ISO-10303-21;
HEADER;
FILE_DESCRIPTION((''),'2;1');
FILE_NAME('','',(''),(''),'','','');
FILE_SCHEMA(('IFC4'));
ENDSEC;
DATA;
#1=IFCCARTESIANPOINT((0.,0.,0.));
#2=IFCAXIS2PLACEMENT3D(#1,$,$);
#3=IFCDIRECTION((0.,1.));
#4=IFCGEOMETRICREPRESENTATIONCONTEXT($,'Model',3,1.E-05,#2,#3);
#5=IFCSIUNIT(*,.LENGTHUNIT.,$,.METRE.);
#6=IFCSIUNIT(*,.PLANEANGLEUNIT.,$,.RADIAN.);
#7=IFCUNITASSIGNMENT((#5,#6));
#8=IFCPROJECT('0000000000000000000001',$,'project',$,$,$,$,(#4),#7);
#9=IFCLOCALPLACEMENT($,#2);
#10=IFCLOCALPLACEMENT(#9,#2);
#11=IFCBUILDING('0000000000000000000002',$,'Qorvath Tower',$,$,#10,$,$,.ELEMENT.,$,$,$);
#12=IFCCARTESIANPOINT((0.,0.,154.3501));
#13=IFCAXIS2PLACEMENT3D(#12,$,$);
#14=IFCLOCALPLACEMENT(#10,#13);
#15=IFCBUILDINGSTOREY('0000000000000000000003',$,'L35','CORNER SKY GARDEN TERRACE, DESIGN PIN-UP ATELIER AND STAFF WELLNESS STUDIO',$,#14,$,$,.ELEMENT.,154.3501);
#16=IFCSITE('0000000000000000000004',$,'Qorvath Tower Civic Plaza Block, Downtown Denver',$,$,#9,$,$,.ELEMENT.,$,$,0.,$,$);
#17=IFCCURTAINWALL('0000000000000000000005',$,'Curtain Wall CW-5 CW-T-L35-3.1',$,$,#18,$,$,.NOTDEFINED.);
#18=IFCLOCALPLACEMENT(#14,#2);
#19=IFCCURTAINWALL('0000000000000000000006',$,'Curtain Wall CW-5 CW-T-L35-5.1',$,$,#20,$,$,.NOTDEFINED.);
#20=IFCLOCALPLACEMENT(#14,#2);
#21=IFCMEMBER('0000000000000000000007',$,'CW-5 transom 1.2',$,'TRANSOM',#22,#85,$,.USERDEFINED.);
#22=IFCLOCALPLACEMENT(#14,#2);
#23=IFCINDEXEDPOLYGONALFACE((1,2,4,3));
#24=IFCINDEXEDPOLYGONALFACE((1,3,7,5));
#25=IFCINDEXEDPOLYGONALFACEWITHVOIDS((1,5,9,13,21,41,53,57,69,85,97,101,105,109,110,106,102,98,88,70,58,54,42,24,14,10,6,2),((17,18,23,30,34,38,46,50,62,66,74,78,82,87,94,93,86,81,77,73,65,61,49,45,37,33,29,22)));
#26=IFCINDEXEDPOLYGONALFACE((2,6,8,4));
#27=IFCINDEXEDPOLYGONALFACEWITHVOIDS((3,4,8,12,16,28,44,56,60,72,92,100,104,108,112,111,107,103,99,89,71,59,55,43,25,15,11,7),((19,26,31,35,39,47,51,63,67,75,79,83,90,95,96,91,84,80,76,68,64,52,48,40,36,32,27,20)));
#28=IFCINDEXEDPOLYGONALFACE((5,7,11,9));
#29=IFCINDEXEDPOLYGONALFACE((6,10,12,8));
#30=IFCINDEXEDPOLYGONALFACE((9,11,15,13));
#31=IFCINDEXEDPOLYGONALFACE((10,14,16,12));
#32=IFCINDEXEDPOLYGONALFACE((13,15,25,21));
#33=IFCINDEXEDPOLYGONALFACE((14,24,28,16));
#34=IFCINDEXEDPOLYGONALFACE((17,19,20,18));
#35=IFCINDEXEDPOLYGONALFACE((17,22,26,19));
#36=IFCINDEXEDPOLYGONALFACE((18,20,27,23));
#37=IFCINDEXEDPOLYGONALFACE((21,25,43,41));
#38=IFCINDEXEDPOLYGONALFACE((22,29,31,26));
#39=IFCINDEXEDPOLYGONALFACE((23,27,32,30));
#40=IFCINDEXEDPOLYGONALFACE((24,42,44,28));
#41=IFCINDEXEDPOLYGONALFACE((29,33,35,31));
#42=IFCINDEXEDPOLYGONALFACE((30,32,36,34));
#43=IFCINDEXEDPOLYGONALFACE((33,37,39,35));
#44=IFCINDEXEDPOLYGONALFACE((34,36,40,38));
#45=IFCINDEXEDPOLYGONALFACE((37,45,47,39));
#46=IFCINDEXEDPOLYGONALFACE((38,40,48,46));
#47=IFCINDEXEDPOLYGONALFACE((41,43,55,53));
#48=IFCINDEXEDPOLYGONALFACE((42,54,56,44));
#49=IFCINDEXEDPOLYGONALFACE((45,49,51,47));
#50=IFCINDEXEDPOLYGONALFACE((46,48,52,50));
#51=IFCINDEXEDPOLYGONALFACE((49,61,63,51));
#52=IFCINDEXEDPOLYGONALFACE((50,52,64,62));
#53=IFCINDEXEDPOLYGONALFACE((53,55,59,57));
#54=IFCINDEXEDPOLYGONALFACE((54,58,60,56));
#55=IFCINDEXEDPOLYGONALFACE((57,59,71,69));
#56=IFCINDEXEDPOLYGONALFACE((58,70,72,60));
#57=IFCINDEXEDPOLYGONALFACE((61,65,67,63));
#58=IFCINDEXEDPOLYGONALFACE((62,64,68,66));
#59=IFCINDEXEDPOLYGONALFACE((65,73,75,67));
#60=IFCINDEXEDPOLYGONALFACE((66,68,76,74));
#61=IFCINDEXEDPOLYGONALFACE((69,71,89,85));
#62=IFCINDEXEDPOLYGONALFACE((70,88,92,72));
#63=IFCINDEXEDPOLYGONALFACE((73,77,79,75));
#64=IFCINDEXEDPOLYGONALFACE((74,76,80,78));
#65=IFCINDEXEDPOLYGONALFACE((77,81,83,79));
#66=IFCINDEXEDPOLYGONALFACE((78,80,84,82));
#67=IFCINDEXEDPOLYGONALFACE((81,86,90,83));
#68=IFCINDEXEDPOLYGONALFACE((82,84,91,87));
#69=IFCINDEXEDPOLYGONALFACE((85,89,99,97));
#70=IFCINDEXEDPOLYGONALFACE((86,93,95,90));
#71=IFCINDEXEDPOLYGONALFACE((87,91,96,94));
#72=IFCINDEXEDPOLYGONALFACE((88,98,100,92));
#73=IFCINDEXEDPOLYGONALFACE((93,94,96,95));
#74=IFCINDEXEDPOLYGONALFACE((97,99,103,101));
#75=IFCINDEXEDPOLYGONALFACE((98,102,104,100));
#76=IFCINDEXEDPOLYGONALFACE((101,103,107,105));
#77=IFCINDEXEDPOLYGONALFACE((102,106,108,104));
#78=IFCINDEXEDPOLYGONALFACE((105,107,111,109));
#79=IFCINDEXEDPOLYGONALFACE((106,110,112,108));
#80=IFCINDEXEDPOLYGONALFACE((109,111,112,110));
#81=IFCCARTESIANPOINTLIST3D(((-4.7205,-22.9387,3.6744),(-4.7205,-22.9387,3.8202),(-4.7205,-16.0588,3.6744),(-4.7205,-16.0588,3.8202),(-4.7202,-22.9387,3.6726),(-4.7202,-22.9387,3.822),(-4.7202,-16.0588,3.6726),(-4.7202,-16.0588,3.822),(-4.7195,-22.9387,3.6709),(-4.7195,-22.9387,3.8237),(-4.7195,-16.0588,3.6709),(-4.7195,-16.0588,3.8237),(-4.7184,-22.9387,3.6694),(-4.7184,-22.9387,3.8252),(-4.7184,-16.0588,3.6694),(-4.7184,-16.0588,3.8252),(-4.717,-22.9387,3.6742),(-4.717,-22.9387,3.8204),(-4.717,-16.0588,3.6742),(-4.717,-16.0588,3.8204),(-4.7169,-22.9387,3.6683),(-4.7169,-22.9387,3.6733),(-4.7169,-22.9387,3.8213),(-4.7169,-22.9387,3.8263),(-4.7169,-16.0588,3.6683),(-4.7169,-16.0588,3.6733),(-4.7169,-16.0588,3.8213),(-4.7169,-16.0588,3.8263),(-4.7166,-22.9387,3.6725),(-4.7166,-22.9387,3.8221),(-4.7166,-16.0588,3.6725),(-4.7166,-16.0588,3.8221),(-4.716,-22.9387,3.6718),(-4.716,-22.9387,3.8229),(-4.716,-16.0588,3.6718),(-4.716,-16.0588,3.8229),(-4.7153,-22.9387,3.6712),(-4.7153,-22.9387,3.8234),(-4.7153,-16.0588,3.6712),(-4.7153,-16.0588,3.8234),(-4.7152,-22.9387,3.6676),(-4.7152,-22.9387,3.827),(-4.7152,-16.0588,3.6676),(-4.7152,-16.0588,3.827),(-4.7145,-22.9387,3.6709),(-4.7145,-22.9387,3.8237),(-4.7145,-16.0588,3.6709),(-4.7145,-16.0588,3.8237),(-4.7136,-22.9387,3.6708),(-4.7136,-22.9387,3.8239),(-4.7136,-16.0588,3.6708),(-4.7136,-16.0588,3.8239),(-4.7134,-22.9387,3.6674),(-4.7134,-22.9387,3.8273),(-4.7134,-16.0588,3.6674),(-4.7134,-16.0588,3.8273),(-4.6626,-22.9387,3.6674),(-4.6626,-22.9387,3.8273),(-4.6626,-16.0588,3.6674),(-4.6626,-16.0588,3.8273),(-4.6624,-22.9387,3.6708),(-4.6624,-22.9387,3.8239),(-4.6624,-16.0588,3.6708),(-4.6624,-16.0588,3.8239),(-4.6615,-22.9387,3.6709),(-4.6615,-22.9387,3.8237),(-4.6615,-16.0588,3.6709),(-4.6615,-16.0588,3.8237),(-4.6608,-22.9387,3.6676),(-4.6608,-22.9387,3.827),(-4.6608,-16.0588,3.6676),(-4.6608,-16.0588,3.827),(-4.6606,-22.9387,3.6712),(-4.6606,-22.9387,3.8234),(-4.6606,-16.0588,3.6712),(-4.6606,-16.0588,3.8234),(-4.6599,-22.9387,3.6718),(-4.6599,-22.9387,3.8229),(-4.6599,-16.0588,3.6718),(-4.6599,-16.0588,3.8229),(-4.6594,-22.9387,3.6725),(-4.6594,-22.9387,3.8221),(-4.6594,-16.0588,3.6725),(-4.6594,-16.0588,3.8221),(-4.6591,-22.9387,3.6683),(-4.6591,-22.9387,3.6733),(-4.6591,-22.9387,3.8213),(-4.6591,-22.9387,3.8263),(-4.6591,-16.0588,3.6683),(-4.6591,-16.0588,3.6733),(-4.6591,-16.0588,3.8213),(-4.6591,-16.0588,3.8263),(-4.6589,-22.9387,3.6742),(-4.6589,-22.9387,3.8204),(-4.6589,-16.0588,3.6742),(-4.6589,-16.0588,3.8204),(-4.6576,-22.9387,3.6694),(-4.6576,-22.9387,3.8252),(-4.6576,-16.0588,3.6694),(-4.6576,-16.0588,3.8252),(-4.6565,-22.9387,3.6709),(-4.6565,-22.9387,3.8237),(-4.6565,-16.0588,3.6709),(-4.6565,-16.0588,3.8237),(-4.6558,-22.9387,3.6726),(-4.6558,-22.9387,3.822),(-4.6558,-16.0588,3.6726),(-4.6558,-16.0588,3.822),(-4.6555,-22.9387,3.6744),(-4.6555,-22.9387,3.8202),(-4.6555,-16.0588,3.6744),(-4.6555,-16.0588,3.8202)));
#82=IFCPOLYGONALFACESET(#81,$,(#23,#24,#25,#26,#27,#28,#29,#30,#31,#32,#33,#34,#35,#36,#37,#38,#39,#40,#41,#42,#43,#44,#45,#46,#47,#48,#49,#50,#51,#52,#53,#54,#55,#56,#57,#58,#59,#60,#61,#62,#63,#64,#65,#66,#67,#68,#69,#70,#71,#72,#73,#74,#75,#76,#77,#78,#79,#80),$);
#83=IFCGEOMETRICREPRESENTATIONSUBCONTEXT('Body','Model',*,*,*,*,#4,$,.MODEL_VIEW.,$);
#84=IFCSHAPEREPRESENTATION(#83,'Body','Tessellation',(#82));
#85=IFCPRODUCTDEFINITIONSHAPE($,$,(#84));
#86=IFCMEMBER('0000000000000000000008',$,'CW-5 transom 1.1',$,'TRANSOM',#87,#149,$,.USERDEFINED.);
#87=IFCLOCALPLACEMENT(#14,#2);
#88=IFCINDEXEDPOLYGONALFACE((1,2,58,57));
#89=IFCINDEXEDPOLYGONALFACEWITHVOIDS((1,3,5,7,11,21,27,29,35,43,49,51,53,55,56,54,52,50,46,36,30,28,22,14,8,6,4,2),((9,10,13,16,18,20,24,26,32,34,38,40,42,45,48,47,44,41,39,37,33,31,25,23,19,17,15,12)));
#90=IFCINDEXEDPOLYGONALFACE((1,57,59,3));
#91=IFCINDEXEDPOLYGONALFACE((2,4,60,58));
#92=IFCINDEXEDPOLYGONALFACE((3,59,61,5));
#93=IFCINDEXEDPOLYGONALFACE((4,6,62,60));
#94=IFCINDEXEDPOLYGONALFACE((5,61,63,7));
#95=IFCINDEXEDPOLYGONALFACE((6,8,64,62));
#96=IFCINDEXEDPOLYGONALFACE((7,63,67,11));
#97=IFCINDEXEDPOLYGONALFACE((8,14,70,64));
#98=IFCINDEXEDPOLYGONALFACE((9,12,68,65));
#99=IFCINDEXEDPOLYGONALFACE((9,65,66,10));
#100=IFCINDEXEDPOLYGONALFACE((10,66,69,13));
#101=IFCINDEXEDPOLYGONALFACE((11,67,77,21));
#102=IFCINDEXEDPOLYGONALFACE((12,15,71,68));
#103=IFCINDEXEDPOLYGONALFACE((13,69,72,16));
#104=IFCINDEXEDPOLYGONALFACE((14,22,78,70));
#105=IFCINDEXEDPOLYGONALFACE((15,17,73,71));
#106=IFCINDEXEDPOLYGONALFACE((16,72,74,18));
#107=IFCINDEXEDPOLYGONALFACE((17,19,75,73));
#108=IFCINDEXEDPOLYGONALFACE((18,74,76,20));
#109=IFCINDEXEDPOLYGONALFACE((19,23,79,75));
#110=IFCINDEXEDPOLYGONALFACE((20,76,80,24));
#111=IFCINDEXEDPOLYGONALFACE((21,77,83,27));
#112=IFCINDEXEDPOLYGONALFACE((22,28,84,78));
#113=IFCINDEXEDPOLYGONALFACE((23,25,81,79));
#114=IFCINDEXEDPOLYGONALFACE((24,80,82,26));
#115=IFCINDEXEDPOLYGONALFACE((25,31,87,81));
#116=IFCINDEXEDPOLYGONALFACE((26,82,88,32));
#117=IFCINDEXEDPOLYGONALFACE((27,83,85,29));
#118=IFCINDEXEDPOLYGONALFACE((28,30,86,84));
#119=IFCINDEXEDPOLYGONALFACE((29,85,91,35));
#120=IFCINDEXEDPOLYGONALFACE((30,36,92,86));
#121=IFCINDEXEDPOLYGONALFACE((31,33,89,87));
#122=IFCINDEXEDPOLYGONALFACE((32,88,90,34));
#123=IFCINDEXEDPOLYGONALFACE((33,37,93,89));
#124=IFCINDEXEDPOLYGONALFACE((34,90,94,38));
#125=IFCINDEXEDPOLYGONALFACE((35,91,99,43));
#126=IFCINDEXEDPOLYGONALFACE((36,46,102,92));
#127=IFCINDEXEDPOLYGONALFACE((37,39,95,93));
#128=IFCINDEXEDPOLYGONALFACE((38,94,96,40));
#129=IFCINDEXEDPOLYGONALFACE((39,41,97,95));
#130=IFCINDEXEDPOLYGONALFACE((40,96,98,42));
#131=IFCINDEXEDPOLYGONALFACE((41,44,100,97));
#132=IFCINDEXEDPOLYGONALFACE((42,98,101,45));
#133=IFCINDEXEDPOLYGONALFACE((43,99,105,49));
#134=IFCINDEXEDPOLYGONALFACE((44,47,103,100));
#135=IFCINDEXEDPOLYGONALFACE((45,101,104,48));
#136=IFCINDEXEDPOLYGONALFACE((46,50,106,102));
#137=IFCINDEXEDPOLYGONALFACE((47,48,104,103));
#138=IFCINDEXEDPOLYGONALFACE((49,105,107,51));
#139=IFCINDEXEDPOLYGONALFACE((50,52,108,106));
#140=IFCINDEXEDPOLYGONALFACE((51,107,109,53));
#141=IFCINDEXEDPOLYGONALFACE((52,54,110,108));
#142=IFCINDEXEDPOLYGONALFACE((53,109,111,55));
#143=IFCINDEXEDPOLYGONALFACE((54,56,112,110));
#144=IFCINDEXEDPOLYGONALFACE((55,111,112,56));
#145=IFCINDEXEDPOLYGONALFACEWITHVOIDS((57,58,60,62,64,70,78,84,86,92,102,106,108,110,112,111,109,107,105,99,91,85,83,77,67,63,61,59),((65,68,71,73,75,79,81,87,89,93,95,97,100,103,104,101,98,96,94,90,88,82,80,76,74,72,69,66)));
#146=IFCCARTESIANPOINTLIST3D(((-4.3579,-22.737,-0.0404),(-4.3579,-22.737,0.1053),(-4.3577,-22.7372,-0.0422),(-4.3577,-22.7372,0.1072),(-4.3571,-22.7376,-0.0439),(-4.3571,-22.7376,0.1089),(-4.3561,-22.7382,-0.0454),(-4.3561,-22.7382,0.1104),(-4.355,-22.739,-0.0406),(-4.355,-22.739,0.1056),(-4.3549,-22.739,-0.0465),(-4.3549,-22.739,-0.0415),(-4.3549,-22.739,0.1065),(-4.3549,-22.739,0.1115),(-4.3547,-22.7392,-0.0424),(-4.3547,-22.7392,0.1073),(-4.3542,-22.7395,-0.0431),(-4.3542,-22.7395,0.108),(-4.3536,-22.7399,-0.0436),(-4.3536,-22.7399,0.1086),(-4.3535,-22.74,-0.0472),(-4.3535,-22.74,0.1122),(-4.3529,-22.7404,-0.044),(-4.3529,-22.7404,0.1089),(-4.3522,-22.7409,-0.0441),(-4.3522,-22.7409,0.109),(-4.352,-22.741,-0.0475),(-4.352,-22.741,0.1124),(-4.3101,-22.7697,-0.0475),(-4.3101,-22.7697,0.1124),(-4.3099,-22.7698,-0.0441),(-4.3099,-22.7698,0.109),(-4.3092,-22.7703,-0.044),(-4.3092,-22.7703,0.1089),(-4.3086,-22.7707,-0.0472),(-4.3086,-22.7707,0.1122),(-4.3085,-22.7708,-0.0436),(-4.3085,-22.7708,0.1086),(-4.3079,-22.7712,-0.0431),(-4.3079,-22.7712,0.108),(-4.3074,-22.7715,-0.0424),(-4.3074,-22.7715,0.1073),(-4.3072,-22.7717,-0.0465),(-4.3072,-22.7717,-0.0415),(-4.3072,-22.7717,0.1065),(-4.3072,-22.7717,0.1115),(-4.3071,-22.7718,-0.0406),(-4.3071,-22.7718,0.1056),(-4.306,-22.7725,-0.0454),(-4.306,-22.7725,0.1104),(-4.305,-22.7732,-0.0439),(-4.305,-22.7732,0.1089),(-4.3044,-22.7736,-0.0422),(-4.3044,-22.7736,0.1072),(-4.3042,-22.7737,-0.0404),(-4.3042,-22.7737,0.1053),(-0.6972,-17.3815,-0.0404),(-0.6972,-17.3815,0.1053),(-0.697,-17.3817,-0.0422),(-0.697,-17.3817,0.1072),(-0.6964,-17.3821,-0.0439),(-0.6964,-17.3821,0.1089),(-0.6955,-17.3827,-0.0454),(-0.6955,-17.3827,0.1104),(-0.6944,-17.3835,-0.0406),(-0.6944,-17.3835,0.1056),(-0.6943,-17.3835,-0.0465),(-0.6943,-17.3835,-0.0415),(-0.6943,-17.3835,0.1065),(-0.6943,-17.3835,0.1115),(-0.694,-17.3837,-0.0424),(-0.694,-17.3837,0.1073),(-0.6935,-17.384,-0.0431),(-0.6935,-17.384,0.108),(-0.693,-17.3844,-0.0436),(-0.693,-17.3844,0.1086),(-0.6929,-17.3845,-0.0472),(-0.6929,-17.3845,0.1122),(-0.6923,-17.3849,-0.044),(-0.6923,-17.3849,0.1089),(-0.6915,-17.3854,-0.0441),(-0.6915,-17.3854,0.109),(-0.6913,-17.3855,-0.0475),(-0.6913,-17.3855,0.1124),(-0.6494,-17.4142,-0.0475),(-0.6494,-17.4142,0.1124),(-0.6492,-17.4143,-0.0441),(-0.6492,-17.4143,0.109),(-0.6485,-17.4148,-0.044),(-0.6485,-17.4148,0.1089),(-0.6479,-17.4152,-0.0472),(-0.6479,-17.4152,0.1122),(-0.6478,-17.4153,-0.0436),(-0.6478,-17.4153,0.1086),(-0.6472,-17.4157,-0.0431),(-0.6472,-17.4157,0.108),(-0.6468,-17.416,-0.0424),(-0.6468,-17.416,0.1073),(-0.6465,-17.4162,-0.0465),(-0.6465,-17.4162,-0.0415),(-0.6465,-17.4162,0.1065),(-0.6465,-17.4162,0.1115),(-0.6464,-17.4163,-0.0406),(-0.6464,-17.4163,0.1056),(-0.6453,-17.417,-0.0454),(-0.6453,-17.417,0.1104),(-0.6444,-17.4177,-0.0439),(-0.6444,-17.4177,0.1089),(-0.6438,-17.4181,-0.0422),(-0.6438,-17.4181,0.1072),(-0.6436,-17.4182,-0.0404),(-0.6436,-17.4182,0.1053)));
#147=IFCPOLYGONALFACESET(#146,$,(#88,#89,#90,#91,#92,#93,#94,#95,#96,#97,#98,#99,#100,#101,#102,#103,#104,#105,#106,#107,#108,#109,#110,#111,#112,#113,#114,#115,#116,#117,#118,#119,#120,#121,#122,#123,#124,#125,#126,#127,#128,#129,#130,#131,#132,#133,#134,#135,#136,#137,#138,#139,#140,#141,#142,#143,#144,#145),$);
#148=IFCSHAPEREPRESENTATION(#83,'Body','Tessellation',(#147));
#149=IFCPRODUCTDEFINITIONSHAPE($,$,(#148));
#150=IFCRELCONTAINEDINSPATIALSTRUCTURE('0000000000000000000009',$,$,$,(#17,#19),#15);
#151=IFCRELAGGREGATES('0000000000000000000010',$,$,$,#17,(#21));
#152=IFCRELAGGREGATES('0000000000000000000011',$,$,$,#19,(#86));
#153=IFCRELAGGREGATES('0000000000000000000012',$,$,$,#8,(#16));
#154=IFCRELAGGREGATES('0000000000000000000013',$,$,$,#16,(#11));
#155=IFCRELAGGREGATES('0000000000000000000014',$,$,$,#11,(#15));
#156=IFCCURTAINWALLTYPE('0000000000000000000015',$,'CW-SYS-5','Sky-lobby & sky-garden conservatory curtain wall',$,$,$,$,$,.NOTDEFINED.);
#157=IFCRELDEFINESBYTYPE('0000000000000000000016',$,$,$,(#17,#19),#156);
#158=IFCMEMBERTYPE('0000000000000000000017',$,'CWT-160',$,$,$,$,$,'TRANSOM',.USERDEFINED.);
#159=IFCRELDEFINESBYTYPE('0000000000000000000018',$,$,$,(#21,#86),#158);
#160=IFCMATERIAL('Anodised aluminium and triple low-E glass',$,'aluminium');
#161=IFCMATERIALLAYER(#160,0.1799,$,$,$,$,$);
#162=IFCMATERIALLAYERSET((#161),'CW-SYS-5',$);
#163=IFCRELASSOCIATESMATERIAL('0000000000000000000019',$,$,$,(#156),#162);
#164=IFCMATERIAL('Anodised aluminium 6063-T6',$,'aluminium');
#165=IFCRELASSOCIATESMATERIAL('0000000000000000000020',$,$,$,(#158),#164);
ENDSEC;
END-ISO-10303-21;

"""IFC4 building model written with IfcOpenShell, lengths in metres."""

from ifc_helpers import new_model, si_unit, direction, frame, origin, origin_2d, place, context, subcontext, project, spatial, hollow_rectangle, extrude, material, layer, layer_set, material_profile, profile_set, type_object, element, aggregate, save


model = new_model("IFC4")

# Units and contexts
model_context = context("Model", 3, precision=1e-05, world=origin(), true_north=direction((0.0, 1.0)))
body_context = subcontext(model_context, "Body", "Model", "MODEL_VIEW")
ifc_project = project(units=[si_unit("LENGTHUNIT", "METRE"), si_unit("PLANEANGLEUNIT", "RADIAN")], contexts=[model_context])

# Site, building, storey
site_placement = place(None, origin())
site = spatial("IfcSite", under=ifc_project, at=site_placement, Name="Qorvath Tower Civic Plaza Block, Downtown Denver", CompositionType="ELEMENT", RefElevation=0.0)
building_placement = place(site_placement, origin())
building = spatial("IfcBuilding", under=site, at=building_placement, Name="Qorvath Tower", CompositionType="ELEMENT")
storey_placement = place(building_placement, frame((0.0, 0.0, 154.3501)))
storey = spatial("IfcBuildingStorey", under=building, at=storey_placement, Name="L35", Description="CORNER SKY GARDEN TERRACE, DESIGN PIN-UP ATELIER AND STAFF WELLNESS STUDIO", CompositionType="ELEMENT", Elevation=154.3501)

# Curtain walls
ifc_material_1 = material(Name="Anodised aluminium and triple low-E glass", Category="aluminium")
ifc_layer_1 = layer(ifc_material_1, 0.1799)
ifc_layer_set_1 = layer_set([ifc_layer_1], Name="CW-SYS-5")
curtain_wall_type = type_object("IfcCurtainWallType", Name="CW-SYS-5", Description="Sky-lobby & sky-garden conservatory curtain wall", PredefinedType="NOTDEFINED", material=ifc_layer_set_1)
curtain_wall_1_placement = place(storey_placement, origin())
curtain_wall_1 = element("IfcCurtainWall", 1, at=curtain_wall_1_placement, inside=storey, type_object=curtain_wall_type, Name="Curtain Wall CW-5 CW-T-L35-3.1", PredefinedType="NOTDEFINED")
curtain_wall_2_placement = place(storey_placement, origin())
curtain_wall_2 = element("IfcCurtainWall", 2, at=curtain_wall_2_placement, inside=storey, type_object=curtain_wall_type, Name="Curtain Wall CW-5 CW-T-L35-5.1", PredefinedType="NOTDEFINED")

# Members
ifc_material_2 = material(Name="Anodised aluminium 6063-T6", Category="aluminium")
ifc_material_profile_1 = material_profile(ifc_material_2, hollow_rectangle(XDim=0.0649, YDim=0.1599, WallThickness=0.0034, InnerFilletRadius=0.0034, OuterFilletRadius=0.0071, at=origin_2d()), Name="CWT 160x65")
ifc_profile_set_1 = profile_set([ifc_material_profile_1], Name="Anodised aluminium 6063-T6")
member_type_1 = type_object("IfcMemberType", Name="CWT-160", ElementType="TRANSOM", PredefinedType="USERDEFINED", material=ifc_profile_set_1)
member_1_placement = place(storey_placement, frame((-4.688, -16.0588, 3.7473), z_axis=(0.0, -1.0, 0.0), x_axis=(1.0, 0.0, 0.0)))
member_1 = element("IfcMember", 3, at=member_1_placement, type_object=member_type_1, Name="CW-5 transom 1.2", ObjectType="TRANSOM", PredefinedType="USERDEFINED", context=body_context, shape_type="SweptSolid", body=[
    extrude(hollow_rectangle(XDim=0.0649, YDim=0.1599, WallThickness=0.0034, InnerFilletRadius=0.0034, OuterFilletRadius=0.0071, at=origin_2d()), origin(), (0.0, 0.0, 1.0), 6.8799),
])
member_2_placement = place(storey_placement, frame((-4.3311, -22.7554, 0.0325), z_axis=(0.564303, 0.825567, 0.0), x_axis=(-0.825567, 0.564303, 0.0)))
member_2 = element("IfcMember", 4, at=member_2_placement, type_object=member_type_1, Name="CW-5 transom 1.1", ObjectType="TRANSOM", PredefinedType="USERDEFINED", context=body_context, shape_type="SweptSolid", body=[
    extrude(hollow_rectangle(XDim=0.0649, YDim=0.1599, WallThickness=0.0034, InnerFilletRadius=0.0034, OuterFilletRadius=0.0071, at=origin_2d()), origin(), (0.0, 0.0, 1.0), 6.4871),
])

aggregate(curtain_wall_1, [member_1])
aggregate(curtain_wall_2, [member_2])

save(model, "model.ifc")
